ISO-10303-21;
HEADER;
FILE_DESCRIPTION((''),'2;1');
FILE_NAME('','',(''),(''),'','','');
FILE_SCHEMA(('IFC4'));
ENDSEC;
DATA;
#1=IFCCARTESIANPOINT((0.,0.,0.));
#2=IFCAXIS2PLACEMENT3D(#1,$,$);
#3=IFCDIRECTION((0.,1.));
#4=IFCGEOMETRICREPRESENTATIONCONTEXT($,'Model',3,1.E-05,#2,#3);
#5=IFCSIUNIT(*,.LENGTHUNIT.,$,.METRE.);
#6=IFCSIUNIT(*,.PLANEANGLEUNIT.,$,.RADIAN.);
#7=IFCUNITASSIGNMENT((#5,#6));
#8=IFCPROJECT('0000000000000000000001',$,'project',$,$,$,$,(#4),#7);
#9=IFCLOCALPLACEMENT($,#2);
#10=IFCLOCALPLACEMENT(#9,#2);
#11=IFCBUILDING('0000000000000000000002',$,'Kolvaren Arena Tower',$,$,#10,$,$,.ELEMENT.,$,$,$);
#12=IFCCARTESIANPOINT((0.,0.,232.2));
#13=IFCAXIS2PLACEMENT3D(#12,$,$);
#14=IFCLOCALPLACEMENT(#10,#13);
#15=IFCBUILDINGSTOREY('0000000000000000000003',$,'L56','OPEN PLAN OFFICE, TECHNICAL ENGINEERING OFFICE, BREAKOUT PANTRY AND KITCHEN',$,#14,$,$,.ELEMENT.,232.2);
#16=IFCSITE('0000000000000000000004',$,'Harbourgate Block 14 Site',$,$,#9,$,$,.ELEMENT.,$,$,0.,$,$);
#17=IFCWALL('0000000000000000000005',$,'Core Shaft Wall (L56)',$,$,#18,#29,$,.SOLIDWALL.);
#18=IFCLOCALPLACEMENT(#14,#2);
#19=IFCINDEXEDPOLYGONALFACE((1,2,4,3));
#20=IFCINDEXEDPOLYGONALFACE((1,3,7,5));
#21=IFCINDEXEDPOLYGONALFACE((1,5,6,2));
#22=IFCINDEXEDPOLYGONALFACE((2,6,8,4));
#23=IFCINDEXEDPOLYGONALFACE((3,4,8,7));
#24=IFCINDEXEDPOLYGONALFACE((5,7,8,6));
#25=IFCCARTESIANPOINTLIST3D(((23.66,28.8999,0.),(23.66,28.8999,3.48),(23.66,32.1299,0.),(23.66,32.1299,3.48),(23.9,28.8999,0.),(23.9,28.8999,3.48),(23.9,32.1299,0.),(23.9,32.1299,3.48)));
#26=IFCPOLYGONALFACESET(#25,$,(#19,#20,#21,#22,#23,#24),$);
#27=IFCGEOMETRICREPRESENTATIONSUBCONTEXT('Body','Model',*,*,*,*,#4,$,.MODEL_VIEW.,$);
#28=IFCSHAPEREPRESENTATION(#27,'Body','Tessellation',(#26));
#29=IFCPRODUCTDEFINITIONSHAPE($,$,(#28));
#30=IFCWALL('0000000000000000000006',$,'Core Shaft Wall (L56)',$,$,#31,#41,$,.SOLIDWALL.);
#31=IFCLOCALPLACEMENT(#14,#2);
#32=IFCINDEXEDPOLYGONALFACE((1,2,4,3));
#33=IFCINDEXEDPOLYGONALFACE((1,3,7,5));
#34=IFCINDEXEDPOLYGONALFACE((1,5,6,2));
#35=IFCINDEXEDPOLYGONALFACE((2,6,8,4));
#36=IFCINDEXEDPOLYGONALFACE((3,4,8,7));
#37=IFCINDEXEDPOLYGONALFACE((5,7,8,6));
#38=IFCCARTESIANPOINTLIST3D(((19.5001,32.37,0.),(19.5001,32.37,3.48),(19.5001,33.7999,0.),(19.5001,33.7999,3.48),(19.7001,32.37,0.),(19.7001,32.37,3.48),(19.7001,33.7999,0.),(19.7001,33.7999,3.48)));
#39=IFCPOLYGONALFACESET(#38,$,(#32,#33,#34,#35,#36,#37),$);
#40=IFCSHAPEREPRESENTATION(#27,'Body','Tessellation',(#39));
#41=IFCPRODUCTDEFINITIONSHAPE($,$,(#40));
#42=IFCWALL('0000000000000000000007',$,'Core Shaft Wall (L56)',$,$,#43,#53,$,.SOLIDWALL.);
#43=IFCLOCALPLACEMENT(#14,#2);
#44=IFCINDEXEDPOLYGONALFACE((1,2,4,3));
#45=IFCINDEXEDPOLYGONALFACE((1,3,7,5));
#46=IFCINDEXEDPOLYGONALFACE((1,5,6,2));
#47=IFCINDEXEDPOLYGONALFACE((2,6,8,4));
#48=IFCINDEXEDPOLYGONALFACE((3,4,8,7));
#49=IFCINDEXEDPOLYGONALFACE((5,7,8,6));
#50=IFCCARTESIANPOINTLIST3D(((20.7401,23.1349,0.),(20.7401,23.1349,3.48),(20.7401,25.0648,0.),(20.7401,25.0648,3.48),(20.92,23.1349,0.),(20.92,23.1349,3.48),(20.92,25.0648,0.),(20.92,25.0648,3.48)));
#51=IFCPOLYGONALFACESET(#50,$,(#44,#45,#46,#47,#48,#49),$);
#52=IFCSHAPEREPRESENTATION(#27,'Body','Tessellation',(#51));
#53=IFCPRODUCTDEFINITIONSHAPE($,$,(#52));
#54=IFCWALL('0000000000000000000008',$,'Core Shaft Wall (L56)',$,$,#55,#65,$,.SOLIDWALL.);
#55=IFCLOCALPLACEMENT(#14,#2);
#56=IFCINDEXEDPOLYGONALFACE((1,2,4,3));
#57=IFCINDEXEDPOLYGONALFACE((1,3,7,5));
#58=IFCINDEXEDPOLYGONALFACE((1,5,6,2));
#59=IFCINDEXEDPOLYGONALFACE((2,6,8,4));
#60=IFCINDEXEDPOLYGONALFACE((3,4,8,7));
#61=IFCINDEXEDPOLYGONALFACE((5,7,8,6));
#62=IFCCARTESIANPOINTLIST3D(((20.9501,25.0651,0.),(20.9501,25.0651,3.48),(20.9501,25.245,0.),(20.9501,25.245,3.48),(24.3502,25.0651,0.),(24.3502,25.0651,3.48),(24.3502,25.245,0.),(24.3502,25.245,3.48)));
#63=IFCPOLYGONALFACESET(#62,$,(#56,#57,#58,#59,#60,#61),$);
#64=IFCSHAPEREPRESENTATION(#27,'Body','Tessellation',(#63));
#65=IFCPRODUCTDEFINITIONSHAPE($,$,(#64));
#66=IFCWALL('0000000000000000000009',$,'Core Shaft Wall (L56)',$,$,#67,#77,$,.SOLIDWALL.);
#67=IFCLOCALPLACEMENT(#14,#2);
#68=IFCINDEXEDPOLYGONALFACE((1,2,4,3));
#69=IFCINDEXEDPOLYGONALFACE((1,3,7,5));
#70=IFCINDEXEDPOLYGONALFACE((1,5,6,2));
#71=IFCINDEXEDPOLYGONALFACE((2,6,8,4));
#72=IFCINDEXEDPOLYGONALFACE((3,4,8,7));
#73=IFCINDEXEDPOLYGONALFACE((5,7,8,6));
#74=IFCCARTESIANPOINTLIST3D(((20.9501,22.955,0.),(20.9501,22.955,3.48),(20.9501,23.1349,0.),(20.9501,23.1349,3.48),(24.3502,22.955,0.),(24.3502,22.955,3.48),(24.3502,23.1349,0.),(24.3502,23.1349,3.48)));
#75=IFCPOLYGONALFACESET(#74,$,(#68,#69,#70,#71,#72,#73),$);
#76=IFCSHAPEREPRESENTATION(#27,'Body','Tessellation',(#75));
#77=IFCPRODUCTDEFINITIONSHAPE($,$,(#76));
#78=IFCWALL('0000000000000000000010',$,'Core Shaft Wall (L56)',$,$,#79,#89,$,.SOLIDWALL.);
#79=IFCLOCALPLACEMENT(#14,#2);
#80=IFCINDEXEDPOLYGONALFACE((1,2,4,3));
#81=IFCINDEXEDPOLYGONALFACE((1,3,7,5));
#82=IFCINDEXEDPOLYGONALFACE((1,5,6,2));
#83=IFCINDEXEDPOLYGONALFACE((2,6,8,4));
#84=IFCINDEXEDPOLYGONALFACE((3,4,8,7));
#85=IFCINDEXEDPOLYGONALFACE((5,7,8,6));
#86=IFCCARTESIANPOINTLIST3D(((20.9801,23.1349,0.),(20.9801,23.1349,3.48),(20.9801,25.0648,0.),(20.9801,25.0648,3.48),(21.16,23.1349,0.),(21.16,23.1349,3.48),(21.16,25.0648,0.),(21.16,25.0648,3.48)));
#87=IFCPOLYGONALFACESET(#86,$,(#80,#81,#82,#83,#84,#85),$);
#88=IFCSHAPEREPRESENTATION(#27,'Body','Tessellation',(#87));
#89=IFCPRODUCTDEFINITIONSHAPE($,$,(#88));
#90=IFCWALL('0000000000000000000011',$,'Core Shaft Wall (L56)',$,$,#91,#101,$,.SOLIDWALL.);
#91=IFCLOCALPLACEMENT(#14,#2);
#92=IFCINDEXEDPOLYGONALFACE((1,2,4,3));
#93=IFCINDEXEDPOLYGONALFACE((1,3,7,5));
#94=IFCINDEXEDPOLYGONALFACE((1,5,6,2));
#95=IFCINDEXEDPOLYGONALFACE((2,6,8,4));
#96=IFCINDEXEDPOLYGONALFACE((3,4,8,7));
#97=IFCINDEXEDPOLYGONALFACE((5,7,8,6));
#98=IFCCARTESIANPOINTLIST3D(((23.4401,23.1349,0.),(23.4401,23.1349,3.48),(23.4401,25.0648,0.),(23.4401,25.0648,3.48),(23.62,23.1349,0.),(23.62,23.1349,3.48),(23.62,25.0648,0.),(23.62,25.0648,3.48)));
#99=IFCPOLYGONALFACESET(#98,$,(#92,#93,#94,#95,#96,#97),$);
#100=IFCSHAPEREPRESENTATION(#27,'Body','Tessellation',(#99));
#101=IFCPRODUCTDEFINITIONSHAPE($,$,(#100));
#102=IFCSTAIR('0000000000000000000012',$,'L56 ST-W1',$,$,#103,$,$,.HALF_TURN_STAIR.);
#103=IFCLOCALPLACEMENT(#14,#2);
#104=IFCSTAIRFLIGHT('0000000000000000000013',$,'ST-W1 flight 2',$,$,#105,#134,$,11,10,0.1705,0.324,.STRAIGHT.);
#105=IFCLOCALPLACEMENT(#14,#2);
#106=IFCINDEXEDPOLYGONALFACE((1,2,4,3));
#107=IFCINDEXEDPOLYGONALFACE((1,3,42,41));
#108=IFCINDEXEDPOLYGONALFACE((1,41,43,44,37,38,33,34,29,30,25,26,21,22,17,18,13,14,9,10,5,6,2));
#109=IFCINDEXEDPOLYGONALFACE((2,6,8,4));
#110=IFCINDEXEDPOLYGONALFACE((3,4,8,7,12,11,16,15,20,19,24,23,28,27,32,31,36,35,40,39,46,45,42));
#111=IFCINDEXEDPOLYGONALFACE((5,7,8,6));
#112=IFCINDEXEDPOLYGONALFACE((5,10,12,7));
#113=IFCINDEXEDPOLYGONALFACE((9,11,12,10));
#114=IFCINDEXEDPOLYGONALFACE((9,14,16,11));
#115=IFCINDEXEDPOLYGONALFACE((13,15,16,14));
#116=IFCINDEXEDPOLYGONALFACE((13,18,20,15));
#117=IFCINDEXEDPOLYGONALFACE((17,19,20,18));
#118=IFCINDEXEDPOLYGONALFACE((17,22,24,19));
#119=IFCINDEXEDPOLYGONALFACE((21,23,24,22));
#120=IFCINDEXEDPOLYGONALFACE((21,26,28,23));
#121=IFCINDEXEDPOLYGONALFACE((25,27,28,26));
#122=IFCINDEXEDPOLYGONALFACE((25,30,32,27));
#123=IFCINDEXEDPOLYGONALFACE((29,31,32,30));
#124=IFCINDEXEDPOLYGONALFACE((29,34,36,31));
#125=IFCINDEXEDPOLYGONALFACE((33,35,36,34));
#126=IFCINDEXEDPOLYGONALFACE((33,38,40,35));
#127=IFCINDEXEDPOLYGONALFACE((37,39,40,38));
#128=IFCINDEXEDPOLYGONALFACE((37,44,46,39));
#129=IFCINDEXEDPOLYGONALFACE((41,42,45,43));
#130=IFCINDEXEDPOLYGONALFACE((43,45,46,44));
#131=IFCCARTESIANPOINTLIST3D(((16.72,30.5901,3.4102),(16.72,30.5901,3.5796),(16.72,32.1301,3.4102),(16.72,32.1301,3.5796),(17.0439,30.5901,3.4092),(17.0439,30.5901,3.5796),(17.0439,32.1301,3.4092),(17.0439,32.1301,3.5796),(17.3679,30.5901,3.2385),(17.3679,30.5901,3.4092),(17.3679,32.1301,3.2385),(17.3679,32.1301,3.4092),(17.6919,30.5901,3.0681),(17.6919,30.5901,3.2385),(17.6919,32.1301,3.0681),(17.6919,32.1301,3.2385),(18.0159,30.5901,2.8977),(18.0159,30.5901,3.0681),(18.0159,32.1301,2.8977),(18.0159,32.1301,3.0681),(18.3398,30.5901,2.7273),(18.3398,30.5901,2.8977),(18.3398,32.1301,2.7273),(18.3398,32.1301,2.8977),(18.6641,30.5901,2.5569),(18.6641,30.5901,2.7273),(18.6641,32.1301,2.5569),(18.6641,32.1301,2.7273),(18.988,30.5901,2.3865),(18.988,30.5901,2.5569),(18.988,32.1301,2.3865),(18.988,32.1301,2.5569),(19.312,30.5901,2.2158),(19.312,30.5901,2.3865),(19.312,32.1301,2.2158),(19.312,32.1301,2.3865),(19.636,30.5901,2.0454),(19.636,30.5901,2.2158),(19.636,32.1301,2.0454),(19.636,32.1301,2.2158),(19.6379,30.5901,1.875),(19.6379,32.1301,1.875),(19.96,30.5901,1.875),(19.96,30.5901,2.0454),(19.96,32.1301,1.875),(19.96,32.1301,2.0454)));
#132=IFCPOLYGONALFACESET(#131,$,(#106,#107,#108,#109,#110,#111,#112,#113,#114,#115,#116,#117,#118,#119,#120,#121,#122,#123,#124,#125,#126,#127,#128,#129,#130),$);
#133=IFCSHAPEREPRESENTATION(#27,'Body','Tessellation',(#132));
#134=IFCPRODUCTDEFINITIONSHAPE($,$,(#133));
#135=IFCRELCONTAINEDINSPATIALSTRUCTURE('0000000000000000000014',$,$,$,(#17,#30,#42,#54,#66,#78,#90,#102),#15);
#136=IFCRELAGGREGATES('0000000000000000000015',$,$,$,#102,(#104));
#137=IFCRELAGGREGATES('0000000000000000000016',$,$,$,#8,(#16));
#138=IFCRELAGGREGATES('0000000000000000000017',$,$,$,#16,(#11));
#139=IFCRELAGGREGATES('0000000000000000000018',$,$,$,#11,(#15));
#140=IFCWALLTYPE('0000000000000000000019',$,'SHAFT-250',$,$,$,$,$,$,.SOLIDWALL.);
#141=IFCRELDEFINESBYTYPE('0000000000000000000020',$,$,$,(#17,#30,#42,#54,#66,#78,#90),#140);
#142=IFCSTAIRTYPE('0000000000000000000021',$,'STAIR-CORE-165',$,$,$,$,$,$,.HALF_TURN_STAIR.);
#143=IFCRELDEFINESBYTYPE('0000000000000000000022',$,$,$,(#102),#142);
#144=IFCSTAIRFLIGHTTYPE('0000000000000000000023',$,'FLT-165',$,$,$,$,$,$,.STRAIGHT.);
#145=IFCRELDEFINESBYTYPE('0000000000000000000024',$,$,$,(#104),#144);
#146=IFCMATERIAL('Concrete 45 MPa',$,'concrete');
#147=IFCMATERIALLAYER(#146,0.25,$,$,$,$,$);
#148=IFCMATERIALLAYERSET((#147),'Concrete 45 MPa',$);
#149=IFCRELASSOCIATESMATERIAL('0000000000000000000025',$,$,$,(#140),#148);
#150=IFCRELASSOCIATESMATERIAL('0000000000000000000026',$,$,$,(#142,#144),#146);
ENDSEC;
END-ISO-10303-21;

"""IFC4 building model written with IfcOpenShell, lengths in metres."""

from ifc_helpers import new_model, si_unit, direction, frame, frame_2d, origin, place, context, subcontext, project, spatial, polyline, rectangle, outline, extrude, material, layer, layer_set, type_object, element, aggregate, save


model = new_model("IFC4")

# Units and contexts
model_context = context("Model", 3, precision=1e-05, world=origin(), true_north=direction((0.0, 1.0)))
body_context = subcontext(model_context, "Body", "Model", "MODEL_VIEW")
ifc_project = project(units=[si_unit("LENGTHUNIT", "METRE"), si_unit("PLANEANGLEUNIT", "RADIAN")], contexts=[model_context])

# Site, building, storey
site_placement = place(None, origin())
site = spatial("IfcSite", under=ifc_project, at=site_placement, Name="Harbourgate Block 14 Site", CompositionType="ELEMENT", RefElevation=0.0)
building_placement = place(site_placement, origin())
building = spatial("IfcBuilding", under=site, at=building_placement, Name="Kolvaren Arena Tower", CompositionType="ELEMENT")
storey_placement = place(building_placement, frame((0.0, 0.0, 232.2)))
storey = spatial("IfcBuildingStorey", under=building, at=storey_placement, Name="L56", Description="OPEN PLAN OFFICE, TECHNICAL ENGINEERING OFFICE, BREAKOUT PANTRY AND KITCHEN", CompositionType="ELEMENT", Elevation=232.2)

# Shared definitions
ifc_material_1 = material(Name="Concrete 45 MPa", Category="concrete")
ifc_layer_1 = layer(ifc_material_1, 0.25)
ifc_layer_set_1 = layer_set([ifc_layer_1], Name="Concrete 45 MPa")
wall_type_1 = type_object("IfcWallType", Name="SHAFT-250", PredefinedType="SOLIDWALL", material=ifc_layer_set_1)

# Walls
wall_1_placement = place(storey_placement, frame((23.78, 28.8999, 0.0), z_axis=(0.0, 0.0, 1.0), x_axis=(0.0, 1.0, 0.0)))
element("IfcWall", 1, at=wall_1_placement, inside=storey, type_object=wall_type_1, Name="Core Shaft Wall (L56)", PredefinedType="SOLIDWALL", context=body_context, shape_type="SweptSolid", body=[
    extrude(rectangle(XDim=3.23, YDim=0.24, at=frame_2d((1.615, 0.0))), origin(), (0.0, 0.0, 1.0), 3.48),
])
wall_2_placement = place(storey_placement, frame((19.6001, 32.3701, 0.0), z_axis=(0.0, 0.0, 1.0), x_axis=(0.0, 1.0, 0.0)))
element("IfcWall", 2, at=wall_2_placement, inside=storey, type_object=wall_type_1, Name="Core Shaft Wall (L56)", PredefinedType="SOLIDWALL", context=body_context, shape_type="SweptSolid", body=[
    extrude(rectangle(XDim=1.4299, YDim=0.2, at=frame_2d((0.7148, 0.0))), origin(), (0.0, 0.0, 1.0), 3.48),
])
wall_3_placement = place(storey_placement, frame((20.8301, 23.135, 0.0), z_axis=(0.0, 0.0, 1.0), x_axis=(0.0, 1.0, 0.0)))
element("IfcWall", 3, at=wall_3_placement, inside=storey, type_object=wall_type_1, Name="Core Shaft Wall (L56)", PredefinedType="SOLIDWALL", context=body_context, shape_type="SweptSolid", body=[
    extrude(rectangle(XDim=1.9299, YDim=0.1799, at=frame_2d((0.9648, 0.0))), origin(), (0.0, 0.0, 1.0), 3.48),
])
for number, where, z_axis, x_axis, name in (
    (4, (20.95, 25.155, 0.0), (0.0, 0.0, 1.0), (1.0, 0.0, 0.0), "Core Shaft Wall (L56)"),
    (5, (20.95, 23.0449, 0.0), (0.0, 0.0, 1.0), (1.0, 0.0, 0.0), "Core Shaft Wall (L56)"),
):
    element("IfcWall", number, at=place(storey_placement, frame(where, z_axis=z_axis, x_axis=x_axis)), inside=storey, type_object=wall_type_1, Name=name, PredefinedType="SOLIDWALL", context=body_context, shape_type="SweptSolid", body=[
        extrude(rectangle(XDim=3.4001, YDim=0.1799, at=frame_2d((1.7002, 0.0))), origin(), (0.0, 0.0, 1.0), 3.48),
    ])
for number, where, z_axis, x_axis, name in (
    (6, (21.0701, 23.135, 0.0), (0.0, 0.0, 1.0), (0.0, 1.0, 0.0), "Core Shaft Wall (L56)"),
    (7, (23.53, 23.135, 0.0), (0.0, 0.0, 1.0), (0.0, 1.0, 0.0), "Core Shaft Wall (L56)"),
):
    element("IfcWall", number, at=place(storey_placement, frame(where, z_axis=z_axis, x_axis=x_axis)), inside=storey, type_object=wall_type_1, Name=name, PredefinedType="SOLIDWALL", context=body_context, shape_type="SweptSolid", body=[
        extrude(rectangle(XDim=1.9299, YDim=0.1799, at=frame_2d((0.9648, 0.0))), origin(), (0.0, 0.0, 1.0), 3.48),
    ])

# Stair, stair flight
stair_type = type_object("IfcStairType", Name="STAIR-CORE-165", PredefinedType="HALF_TURN_STAIR", material=ifc_material_1)
stair_placement = place(storey_placement, origin())
stair = element("IfcStair", 8, at=stair_placement, inside=storey, type_object=stair_type, Name="L56 ST-W1", PredefinedType="HALF_TURN_STAIR")
stair_flight_type = type_object("IfcStairFlightType", Name="FLT-165", PredefinedType="STRAIGHT", material=ifc_material_1)
stair_flight_placement = place(storey_placement, frame((19.96, 31.3601, 1.875), z_axis=(0.0, 0.0, 1.0), x_axis=(-1.0, 0.0, 0.0)))
stair_flight = element("IfcStairFlight", 9, at=stair_flight_placement, type_object=stair_flight_type, Name="ST-W1 flight 2", NumberOfRisers=11, NumberOfTreads=10, PredefinedType="STRAIGHT", RiserHeight=0.1705, TreadLength=0.324, context=body_context, shape_type="SweptSolid", body=[
    extrude(outline(polyline([(0.0, 0.0), (0.0, 0.1704), (0.324, 0.1704), (0.324, 0.3408), (0.6479, 0.3408), (0.6479, 0.5115), (0.9719, 0.5115), (0.9719, 0.6819), (1.2959, 0.6819), (1.2959, 0.8523), (1.6201, 0.8523), (1.6201, 1.0227), (1.9441, 1.0227), (1.9441, 1.1931), (2.2681, 1.1931), (2.2681, 1.3635), (2.592, 1.3635), (2.592, 1.5342), (2.916, 1.5342), (2.916, 1.7046), (3.24, 1.7046), (3.24, 1.875), (3.24, 1.5352), (0.322, 0.0), (0.0, 0.0)])), frame((0.0, 0.77, 0.0), z_axis=(0.0, -1.0, 0.0), x_axis=(1.0, 0.0, 0.0)), (0.0, 0.0, 1.0), 1.54),
])
aggregate(stair, [stair_flight])

save(model, "model.ifc")
